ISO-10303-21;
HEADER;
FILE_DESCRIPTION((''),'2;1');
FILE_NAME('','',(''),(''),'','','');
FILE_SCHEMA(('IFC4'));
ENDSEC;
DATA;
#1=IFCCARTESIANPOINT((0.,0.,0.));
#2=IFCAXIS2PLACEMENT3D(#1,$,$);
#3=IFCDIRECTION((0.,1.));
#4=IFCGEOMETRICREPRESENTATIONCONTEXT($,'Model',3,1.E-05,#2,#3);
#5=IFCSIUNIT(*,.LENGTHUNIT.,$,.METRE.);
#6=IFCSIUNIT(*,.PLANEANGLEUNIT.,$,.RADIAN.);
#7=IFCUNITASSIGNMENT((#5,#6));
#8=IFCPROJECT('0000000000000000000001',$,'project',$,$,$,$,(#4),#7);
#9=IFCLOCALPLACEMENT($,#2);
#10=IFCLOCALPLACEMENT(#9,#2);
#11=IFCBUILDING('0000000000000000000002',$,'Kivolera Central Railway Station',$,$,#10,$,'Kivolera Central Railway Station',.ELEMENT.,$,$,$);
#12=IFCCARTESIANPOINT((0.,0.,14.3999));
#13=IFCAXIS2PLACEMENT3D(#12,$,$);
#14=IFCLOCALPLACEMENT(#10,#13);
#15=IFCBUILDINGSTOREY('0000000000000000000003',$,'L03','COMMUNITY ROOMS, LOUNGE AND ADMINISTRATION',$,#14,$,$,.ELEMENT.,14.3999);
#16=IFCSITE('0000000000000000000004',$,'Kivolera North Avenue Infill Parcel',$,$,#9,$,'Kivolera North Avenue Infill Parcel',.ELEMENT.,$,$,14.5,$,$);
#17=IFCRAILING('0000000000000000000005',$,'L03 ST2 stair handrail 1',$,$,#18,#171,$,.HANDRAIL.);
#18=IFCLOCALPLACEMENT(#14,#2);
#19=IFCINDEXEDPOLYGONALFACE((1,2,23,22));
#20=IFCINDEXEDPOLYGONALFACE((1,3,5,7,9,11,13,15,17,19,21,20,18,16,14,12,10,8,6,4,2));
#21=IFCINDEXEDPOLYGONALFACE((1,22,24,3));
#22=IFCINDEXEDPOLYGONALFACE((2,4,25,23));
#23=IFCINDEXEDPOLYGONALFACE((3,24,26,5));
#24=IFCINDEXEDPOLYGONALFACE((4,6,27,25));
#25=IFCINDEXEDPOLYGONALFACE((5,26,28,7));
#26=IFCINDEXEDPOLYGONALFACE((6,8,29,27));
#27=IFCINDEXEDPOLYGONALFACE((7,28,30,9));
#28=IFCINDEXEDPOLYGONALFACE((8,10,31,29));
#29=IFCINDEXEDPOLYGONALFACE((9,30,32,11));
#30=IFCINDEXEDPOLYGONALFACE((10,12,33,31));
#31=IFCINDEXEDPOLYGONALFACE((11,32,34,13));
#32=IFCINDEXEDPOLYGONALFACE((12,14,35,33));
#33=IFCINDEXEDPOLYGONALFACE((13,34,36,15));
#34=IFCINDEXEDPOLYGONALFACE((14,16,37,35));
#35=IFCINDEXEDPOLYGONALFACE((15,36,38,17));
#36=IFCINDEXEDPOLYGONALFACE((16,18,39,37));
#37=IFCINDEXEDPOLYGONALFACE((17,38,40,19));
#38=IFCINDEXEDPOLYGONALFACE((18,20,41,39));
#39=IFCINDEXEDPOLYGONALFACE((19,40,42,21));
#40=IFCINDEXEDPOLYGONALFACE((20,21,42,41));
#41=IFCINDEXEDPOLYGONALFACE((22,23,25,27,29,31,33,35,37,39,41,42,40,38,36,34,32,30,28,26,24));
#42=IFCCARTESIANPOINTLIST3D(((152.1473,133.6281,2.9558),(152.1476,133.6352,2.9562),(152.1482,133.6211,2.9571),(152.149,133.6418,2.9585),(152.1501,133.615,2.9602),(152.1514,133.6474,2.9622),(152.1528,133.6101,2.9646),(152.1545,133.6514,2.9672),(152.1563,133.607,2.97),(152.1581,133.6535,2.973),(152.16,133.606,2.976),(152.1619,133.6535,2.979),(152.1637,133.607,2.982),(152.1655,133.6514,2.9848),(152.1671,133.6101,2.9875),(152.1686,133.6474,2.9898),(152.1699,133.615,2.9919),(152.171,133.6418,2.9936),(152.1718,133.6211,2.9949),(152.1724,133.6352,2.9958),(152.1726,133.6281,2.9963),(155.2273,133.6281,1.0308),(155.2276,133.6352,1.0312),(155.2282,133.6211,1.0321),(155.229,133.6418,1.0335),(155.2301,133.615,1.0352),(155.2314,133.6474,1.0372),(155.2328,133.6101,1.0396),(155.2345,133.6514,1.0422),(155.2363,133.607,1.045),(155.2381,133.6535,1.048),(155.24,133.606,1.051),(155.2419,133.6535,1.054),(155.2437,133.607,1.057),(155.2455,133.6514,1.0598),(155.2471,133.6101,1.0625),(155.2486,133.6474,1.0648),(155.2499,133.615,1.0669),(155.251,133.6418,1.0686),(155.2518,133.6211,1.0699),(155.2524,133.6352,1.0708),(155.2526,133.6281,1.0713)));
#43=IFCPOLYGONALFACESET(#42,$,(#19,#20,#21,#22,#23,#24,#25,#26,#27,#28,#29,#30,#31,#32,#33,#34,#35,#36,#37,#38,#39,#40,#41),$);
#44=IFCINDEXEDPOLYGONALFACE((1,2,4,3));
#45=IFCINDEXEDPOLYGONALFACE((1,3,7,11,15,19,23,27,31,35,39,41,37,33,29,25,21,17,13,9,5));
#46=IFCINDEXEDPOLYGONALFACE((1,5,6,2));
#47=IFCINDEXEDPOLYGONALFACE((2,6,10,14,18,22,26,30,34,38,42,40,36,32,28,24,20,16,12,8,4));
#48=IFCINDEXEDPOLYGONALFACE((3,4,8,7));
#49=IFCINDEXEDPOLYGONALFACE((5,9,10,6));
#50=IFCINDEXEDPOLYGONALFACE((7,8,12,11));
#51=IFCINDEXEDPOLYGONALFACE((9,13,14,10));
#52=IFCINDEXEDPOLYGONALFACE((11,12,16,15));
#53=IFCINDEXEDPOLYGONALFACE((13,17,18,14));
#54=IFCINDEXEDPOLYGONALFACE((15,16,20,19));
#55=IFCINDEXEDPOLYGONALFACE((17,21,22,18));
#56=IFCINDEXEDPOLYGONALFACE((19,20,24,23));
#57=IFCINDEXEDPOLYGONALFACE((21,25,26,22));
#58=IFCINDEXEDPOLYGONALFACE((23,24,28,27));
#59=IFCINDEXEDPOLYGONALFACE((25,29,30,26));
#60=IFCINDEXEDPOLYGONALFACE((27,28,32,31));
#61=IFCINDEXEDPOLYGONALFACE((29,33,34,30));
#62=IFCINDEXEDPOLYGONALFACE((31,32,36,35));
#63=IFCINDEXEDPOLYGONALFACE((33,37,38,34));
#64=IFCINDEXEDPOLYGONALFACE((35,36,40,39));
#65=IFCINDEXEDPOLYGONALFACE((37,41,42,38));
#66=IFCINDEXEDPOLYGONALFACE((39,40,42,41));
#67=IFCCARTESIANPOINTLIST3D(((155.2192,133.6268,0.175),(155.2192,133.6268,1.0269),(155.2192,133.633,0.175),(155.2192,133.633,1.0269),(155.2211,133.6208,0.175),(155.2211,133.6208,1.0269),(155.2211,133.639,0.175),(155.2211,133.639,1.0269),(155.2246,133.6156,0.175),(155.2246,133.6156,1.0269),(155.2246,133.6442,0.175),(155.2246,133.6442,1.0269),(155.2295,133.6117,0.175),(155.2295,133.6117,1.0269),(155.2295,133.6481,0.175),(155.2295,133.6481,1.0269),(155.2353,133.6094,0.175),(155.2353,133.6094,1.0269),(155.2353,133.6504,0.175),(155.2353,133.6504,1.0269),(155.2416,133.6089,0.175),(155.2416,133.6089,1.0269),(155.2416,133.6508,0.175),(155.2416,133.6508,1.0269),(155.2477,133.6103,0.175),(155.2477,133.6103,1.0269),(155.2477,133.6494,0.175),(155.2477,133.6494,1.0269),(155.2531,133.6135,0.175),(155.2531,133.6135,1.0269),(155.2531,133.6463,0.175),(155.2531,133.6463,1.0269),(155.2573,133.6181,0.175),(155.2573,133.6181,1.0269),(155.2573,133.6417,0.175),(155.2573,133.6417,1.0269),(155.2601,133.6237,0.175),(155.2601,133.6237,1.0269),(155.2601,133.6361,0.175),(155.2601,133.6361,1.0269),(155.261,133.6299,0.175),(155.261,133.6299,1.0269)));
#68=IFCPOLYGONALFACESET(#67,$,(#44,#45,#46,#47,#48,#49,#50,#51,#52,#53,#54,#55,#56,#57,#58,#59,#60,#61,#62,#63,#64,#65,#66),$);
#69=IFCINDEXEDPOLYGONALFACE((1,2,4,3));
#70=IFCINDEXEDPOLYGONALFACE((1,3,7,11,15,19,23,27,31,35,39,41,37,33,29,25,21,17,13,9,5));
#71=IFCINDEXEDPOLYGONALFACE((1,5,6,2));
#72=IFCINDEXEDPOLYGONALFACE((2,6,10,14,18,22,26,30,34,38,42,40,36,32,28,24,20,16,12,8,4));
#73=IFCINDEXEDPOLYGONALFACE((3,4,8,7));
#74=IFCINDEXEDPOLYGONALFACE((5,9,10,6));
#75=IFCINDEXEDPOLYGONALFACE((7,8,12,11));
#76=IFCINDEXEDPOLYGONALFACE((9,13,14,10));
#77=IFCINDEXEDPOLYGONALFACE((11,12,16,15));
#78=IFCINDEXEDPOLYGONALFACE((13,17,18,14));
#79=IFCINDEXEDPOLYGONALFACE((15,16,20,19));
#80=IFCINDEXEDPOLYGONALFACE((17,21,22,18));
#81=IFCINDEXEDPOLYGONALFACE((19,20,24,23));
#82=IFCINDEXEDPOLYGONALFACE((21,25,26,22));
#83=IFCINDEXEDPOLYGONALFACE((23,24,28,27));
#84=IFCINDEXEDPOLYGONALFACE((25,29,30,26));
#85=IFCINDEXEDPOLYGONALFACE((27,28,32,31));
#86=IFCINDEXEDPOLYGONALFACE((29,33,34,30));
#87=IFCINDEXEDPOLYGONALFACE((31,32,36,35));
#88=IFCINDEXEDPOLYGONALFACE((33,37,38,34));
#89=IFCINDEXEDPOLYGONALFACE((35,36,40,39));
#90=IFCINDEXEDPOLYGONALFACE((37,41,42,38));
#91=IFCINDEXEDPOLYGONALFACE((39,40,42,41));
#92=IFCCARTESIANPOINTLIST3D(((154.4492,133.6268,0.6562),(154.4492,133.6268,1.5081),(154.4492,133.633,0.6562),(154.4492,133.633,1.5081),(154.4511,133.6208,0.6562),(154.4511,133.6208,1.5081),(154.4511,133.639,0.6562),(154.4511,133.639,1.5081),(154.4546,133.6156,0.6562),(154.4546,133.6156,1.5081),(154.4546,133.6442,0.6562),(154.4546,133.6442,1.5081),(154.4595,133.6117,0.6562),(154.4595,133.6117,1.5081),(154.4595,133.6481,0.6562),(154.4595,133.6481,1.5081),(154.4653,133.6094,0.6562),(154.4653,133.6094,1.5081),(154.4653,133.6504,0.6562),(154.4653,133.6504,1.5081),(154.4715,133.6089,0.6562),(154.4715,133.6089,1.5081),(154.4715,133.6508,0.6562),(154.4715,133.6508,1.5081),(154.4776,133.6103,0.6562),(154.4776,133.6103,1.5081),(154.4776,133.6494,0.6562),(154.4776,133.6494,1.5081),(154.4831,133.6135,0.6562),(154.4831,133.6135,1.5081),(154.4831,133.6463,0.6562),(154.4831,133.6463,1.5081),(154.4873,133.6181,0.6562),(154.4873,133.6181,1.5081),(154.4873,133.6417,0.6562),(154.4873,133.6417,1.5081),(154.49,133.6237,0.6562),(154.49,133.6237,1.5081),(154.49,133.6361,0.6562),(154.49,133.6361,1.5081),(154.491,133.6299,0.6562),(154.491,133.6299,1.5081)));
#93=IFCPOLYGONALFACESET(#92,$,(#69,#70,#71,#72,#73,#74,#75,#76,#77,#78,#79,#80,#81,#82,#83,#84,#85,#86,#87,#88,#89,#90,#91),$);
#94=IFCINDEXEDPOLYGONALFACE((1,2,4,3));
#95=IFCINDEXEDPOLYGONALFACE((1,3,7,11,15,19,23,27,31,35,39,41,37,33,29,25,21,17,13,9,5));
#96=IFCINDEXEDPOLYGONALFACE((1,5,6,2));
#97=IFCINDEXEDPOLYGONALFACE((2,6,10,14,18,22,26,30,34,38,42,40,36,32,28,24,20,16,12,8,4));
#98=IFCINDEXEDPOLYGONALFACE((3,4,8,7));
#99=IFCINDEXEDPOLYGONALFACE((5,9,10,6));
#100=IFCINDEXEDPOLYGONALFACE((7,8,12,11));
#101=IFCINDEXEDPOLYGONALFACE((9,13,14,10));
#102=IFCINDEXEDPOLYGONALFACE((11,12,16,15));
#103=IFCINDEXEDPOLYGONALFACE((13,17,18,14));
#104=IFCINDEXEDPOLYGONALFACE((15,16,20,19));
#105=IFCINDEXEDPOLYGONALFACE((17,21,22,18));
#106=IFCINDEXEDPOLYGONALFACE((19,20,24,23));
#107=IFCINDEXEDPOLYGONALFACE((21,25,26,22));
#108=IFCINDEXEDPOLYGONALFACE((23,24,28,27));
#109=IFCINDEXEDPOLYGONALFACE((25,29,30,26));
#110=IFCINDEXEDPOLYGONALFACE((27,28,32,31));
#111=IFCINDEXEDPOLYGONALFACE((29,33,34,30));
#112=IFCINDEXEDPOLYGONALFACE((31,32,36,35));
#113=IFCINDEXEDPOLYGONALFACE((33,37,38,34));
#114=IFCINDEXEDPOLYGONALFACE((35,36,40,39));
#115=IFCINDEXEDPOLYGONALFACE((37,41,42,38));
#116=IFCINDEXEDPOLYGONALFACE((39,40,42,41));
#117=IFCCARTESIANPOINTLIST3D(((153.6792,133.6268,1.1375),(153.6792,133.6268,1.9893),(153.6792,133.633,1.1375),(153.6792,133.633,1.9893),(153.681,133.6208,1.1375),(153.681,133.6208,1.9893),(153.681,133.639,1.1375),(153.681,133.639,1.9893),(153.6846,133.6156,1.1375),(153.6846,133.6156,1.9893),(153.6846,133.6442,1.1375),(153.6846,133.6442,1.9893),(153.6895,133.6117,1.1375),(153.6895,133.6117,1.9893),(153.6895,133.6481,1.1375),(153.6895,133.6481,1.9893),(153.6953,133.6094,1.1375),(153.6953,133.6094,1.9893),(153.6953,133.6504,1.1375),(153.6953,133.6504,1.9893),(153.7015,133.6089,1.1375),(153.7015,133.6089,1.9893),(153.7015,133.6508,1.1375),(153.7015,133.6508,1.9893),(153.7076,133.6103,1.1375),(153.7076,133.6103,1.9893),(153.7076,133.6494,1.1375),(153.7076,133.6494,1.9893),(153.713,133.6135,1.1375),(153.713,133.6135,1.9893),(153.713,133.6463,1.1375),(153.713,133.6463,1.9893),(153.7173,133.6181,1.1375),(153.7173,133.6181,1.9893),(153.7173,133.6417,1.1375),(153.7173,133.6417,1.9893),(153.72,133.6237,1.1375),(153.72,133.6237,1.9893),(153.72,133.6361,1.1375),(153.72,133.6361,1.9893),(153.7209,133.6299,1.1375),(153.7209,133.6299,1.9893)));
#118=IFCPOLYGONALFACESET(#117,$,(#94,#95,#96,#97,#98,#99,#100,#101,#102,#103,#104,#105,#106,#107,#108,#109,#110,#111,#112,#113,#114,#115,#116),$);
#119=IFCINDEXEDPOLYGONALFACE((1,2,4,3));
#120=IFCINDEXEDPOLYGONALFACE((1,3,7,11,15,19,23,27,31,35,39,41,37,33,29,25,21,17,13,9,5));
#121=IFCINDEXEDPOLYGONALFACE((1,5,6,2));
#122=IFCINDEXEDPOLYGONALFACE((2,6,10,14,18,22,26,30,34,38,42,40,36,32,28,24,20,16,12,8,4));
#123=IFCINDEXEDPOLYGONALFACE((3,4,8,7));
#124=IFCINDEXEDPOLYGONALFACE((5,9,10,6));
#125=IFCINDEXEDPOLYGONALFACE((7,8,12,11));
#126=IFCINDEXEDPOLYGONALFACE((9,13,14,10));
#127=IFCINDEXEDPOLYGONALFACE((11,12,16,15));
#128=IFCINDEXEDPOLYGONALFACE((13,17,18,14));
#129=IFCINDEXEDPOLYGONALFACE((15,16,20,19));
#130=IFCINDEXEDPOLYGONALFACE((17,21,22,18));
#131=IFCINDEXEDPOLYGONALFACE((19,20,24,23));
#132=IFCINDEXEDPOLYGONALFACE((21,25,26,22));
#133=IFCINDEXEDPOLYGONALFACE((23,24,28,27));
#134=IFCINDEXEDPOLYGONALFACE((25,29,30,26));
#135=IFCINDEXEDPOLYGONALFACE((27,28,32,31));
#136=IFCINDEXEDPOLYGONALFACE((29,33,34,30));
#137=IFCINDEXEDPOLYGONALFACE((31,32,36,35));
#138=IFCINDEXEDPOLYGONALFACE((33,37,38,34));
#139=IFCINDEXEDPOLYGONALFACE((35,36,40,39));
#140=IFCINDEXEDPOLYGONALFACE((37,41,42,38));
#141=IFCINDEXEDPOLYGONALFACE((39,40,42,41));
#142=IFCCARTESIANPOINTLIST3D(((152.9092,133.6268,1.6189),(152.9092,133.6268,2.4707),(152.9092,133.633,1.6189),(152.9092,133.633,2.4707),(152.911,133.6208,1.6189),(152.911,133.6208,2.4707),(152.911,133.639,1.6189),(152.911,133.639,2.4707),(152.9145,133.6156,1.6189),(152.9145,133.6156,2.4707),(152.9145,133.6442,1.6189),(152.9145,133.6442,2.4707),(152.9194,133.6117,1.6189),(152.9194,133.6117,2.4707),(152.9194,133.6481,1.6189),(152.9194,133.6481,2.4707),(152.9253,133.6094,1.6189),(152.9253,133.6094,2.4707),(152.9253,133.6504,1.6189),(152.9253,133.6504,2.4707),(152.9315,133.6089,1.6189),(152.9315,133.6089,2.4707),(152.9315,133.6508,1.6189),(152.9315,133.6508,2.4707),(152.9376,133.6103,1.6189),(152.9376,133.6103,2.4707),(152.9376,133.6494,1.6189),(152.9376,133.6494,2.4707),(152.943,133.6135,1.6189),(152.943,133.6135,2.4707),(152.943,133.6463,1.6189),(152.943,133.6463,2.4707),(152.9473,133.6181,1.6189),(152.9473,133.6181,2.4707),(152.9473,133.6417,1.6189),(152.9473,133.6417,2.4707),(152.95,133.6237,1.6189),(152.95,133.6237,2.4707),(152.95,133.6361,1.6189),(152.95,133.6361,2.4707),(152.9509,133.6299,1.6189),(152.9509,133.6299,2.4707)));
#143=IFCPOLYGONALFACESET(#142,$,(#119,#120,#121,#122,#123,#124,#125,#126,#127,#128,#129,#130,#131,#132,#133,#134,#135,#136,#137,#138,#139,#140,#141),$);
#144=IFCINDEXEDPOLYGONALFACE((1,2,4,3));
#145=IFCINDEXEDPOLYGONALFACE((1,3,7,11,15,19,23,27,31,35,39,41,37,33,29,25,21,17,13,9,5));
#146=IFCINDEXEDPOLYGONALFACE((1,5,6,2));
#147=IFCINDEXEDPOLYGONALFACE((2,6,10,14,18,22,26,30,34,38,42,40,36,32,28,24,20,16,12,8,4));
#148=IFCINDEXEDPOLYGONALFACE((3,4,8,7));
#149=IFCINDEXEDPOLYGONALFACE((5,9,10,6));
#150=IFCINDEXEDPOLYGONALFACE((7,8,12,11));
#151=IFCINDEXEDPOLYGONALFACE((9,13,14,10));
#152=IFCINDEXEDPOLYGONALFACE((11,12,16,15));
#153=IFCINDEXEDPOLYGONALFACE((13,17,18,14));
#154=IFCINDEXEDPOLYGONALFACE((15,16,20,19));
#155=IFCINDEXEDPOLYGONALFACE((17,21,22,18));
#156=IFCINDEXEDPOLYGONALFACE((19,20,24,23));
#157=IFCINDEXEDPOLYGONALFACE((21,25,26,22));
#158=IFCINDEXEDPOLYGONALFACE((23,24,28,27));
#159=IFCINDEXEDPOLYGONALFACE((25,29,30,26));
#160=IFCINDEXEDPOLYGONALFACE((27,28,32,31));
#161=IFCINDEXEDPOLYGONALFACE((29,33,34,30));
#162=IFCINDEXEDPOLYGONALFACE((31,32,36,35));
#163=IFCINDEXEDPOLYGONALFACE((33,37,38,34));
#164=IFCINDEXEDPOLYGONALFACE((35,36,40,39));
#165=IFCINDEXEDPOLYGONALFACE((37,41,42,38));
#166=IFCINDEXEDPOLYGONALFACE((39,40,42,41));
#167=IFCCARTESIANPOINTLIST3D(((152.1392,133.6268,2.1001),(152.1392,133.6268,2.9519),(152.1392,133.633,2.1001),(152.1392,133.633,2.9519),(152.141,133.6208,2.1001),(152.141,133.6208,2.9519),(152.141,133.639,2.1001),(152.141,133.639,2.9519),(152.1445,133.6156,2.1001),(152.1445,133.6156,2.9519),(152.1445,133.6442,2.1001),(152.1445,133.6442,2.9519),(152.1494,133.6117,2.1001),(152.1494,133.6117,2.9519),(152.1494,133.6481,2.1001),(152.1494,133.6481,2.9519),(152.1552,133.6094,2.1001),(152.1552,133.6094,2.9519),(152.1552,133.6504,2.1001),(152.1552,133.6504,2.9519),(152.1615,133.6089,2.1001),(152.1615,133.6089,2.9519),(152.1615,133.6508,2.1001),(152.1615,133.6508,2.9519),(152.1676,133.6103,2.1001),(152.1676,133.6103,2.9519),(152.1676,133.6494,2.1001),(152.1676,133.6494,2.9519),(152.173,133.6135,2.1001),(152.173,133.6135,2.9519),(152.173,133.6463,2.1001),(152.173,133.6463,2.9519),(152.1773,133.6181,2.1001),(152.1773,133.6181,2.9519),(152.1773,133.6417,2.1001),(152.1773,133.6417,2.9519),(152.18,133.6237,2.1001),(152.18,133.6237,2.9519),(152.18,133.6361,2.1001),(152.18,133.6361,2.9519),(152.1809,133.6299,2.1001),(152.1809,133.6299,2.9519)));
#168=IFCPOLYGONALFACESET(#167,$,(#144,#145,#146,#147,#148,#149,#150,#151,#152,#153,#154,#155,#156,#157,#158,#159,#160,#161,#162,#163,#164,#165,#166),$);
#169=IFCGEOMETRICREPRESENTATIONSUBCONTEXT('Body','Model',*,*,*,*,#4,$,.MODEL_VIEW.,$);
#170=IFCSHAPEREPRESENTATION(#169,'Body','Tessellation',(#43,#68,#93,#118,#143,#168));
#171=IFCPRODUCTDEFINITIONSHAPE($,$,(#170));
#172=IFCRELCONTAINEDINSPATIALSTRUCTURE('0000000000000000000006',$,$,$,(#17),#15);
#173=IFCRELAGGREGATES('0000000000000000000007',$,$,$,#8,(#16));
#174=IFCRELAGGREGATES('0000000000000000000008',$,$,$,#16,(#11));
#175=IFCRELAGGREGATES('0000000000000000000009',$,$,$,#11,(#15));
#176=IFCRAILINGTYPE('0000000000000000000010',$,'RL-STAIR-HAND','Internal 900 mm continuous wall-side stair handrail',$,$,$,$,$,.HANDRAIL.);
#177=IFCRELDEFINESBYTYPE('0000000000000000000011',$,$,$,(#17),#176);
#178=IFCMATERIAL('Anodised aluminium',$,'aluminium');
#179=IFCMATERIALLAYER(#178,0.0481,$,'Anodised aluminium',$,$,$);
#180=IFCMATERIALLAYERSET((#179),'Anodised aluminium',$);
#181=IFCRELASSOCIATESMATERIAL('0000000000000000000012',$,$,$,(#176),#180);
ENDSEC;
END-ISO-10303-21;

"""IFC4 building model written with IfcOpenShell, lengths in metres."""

from ifc_helpers import new_model, si_unit, direction, frame, origin, origin_2d, place, context, subcontext, project, spatial, circle, extrude, material, layer, layer_set, type_object, element, save


model = new_model("IFC4")

# Units and contexts
model_context = context("Model", 3, precision=1e-05, world=origin(), true_north=direction((0.0, 1.0)))
body_context = subcontext(model_context, "Body", "Model", "MODEL_VIEW")
ifc_project = project(units=[si_unit("LENGTHUNIT", "METRE"), si_unit("PLANEANGLEUNIT", "RADIAN")], contexts=[model_context])

# Site, building, storey
site_placement = place(None, origin())
site = spatial("IfcSite", under=ifc_project, at=site_placement, Name="Kivolera North Avenue Infill Parcel", LongName="Kivolera North Avenue Infill Parcel", CompositionType="ELEMENT", RefElevation=14.5)
building_placement = place(site_placement, origin())
building = spatial("IfcBuilding", under=site, at=building_placement, Name="Kivolera Central Railway Station", LongName="Kivolera Central Railway Station", CompositionType="ELEMENT")
storey_placement = place(building_placement, frame((0.0, 0.0, 14.3999)))
storey = spatial("IfcBuildingStorey", under=building, at=storey_placement, Name="L03", Description="COMMUNITY ROOMS, LOUNGE AND ADMINISTRATION", CompositionType="ELEMENT", Elevation=14.3999)

# Shared definitions
ifc_material_1 = material(Name="Anodised aluminium", Category="aluminium")

# Railing
ifc_layer_1 = layer(ifc_material_1, 0.0481, Name="Anodised aluminium")
ifc_layer_set_1 = layer_set([ifc_layer_1], Name="Anodised aluminium")
railing_type_1 = type_object("IfcRailingType", Name="RL-STAIR-HAND", Description="Internal 900 mm continuous wall-side stair handrail", PredefinedType="HANDRAIL", material=ifc_layer_set_1)
railing_1_placement = place(storey_placement, frame((155.24, 133.6299, 0.175)))
element("IfcRailing", 1, at=railing_1_placement, inside=storey, type_object=railing_type_1, Name="L03 ST2 stair handrail 1", PredefinedType="HANDRAIL", context=body_context, shape_type="SweptSolid", body=[
    extrude(circle(Radius=0.0239, at=origin_2d()), frame((0.0, 0.0, 0.876), z_axis=(-0.847998, 0.0, 0.529999), x_axis=(0.0, -1.0, 0.0)), (0.0, 0.0, 1.0), 3.6321),
    extrude(circle(Radius=0.021, at=origin_2d()), origin(), (0.0, 0.0, 1.0), 0.8518),
    extrude(circle(Radius=0.021, at=origin_2d()), frame((-0.77, 0.0, 0.4812)), (0.0, 0.0, 1.0), 0.8518),
    extrude(circle(Radius=0.021, at=origin_2d()), frame((-1.54, 0.0, 0.9624)), (0.0, 0.0, 1.0), 0.8518),
    extrude(circle(Radius=0.021, at=origin_2d()), frame((-2.3101, 0.0, 1.4438)), (0.0, 0.0, 1.0), 0.8518),
    extrude(circle(Radius=0.021, at=origin_2d()), frame((-3.0801, 0.0, 1.925)), (0.0, 0.0, 1.0), 0.8518),
])

save(model, "model.ifc")
